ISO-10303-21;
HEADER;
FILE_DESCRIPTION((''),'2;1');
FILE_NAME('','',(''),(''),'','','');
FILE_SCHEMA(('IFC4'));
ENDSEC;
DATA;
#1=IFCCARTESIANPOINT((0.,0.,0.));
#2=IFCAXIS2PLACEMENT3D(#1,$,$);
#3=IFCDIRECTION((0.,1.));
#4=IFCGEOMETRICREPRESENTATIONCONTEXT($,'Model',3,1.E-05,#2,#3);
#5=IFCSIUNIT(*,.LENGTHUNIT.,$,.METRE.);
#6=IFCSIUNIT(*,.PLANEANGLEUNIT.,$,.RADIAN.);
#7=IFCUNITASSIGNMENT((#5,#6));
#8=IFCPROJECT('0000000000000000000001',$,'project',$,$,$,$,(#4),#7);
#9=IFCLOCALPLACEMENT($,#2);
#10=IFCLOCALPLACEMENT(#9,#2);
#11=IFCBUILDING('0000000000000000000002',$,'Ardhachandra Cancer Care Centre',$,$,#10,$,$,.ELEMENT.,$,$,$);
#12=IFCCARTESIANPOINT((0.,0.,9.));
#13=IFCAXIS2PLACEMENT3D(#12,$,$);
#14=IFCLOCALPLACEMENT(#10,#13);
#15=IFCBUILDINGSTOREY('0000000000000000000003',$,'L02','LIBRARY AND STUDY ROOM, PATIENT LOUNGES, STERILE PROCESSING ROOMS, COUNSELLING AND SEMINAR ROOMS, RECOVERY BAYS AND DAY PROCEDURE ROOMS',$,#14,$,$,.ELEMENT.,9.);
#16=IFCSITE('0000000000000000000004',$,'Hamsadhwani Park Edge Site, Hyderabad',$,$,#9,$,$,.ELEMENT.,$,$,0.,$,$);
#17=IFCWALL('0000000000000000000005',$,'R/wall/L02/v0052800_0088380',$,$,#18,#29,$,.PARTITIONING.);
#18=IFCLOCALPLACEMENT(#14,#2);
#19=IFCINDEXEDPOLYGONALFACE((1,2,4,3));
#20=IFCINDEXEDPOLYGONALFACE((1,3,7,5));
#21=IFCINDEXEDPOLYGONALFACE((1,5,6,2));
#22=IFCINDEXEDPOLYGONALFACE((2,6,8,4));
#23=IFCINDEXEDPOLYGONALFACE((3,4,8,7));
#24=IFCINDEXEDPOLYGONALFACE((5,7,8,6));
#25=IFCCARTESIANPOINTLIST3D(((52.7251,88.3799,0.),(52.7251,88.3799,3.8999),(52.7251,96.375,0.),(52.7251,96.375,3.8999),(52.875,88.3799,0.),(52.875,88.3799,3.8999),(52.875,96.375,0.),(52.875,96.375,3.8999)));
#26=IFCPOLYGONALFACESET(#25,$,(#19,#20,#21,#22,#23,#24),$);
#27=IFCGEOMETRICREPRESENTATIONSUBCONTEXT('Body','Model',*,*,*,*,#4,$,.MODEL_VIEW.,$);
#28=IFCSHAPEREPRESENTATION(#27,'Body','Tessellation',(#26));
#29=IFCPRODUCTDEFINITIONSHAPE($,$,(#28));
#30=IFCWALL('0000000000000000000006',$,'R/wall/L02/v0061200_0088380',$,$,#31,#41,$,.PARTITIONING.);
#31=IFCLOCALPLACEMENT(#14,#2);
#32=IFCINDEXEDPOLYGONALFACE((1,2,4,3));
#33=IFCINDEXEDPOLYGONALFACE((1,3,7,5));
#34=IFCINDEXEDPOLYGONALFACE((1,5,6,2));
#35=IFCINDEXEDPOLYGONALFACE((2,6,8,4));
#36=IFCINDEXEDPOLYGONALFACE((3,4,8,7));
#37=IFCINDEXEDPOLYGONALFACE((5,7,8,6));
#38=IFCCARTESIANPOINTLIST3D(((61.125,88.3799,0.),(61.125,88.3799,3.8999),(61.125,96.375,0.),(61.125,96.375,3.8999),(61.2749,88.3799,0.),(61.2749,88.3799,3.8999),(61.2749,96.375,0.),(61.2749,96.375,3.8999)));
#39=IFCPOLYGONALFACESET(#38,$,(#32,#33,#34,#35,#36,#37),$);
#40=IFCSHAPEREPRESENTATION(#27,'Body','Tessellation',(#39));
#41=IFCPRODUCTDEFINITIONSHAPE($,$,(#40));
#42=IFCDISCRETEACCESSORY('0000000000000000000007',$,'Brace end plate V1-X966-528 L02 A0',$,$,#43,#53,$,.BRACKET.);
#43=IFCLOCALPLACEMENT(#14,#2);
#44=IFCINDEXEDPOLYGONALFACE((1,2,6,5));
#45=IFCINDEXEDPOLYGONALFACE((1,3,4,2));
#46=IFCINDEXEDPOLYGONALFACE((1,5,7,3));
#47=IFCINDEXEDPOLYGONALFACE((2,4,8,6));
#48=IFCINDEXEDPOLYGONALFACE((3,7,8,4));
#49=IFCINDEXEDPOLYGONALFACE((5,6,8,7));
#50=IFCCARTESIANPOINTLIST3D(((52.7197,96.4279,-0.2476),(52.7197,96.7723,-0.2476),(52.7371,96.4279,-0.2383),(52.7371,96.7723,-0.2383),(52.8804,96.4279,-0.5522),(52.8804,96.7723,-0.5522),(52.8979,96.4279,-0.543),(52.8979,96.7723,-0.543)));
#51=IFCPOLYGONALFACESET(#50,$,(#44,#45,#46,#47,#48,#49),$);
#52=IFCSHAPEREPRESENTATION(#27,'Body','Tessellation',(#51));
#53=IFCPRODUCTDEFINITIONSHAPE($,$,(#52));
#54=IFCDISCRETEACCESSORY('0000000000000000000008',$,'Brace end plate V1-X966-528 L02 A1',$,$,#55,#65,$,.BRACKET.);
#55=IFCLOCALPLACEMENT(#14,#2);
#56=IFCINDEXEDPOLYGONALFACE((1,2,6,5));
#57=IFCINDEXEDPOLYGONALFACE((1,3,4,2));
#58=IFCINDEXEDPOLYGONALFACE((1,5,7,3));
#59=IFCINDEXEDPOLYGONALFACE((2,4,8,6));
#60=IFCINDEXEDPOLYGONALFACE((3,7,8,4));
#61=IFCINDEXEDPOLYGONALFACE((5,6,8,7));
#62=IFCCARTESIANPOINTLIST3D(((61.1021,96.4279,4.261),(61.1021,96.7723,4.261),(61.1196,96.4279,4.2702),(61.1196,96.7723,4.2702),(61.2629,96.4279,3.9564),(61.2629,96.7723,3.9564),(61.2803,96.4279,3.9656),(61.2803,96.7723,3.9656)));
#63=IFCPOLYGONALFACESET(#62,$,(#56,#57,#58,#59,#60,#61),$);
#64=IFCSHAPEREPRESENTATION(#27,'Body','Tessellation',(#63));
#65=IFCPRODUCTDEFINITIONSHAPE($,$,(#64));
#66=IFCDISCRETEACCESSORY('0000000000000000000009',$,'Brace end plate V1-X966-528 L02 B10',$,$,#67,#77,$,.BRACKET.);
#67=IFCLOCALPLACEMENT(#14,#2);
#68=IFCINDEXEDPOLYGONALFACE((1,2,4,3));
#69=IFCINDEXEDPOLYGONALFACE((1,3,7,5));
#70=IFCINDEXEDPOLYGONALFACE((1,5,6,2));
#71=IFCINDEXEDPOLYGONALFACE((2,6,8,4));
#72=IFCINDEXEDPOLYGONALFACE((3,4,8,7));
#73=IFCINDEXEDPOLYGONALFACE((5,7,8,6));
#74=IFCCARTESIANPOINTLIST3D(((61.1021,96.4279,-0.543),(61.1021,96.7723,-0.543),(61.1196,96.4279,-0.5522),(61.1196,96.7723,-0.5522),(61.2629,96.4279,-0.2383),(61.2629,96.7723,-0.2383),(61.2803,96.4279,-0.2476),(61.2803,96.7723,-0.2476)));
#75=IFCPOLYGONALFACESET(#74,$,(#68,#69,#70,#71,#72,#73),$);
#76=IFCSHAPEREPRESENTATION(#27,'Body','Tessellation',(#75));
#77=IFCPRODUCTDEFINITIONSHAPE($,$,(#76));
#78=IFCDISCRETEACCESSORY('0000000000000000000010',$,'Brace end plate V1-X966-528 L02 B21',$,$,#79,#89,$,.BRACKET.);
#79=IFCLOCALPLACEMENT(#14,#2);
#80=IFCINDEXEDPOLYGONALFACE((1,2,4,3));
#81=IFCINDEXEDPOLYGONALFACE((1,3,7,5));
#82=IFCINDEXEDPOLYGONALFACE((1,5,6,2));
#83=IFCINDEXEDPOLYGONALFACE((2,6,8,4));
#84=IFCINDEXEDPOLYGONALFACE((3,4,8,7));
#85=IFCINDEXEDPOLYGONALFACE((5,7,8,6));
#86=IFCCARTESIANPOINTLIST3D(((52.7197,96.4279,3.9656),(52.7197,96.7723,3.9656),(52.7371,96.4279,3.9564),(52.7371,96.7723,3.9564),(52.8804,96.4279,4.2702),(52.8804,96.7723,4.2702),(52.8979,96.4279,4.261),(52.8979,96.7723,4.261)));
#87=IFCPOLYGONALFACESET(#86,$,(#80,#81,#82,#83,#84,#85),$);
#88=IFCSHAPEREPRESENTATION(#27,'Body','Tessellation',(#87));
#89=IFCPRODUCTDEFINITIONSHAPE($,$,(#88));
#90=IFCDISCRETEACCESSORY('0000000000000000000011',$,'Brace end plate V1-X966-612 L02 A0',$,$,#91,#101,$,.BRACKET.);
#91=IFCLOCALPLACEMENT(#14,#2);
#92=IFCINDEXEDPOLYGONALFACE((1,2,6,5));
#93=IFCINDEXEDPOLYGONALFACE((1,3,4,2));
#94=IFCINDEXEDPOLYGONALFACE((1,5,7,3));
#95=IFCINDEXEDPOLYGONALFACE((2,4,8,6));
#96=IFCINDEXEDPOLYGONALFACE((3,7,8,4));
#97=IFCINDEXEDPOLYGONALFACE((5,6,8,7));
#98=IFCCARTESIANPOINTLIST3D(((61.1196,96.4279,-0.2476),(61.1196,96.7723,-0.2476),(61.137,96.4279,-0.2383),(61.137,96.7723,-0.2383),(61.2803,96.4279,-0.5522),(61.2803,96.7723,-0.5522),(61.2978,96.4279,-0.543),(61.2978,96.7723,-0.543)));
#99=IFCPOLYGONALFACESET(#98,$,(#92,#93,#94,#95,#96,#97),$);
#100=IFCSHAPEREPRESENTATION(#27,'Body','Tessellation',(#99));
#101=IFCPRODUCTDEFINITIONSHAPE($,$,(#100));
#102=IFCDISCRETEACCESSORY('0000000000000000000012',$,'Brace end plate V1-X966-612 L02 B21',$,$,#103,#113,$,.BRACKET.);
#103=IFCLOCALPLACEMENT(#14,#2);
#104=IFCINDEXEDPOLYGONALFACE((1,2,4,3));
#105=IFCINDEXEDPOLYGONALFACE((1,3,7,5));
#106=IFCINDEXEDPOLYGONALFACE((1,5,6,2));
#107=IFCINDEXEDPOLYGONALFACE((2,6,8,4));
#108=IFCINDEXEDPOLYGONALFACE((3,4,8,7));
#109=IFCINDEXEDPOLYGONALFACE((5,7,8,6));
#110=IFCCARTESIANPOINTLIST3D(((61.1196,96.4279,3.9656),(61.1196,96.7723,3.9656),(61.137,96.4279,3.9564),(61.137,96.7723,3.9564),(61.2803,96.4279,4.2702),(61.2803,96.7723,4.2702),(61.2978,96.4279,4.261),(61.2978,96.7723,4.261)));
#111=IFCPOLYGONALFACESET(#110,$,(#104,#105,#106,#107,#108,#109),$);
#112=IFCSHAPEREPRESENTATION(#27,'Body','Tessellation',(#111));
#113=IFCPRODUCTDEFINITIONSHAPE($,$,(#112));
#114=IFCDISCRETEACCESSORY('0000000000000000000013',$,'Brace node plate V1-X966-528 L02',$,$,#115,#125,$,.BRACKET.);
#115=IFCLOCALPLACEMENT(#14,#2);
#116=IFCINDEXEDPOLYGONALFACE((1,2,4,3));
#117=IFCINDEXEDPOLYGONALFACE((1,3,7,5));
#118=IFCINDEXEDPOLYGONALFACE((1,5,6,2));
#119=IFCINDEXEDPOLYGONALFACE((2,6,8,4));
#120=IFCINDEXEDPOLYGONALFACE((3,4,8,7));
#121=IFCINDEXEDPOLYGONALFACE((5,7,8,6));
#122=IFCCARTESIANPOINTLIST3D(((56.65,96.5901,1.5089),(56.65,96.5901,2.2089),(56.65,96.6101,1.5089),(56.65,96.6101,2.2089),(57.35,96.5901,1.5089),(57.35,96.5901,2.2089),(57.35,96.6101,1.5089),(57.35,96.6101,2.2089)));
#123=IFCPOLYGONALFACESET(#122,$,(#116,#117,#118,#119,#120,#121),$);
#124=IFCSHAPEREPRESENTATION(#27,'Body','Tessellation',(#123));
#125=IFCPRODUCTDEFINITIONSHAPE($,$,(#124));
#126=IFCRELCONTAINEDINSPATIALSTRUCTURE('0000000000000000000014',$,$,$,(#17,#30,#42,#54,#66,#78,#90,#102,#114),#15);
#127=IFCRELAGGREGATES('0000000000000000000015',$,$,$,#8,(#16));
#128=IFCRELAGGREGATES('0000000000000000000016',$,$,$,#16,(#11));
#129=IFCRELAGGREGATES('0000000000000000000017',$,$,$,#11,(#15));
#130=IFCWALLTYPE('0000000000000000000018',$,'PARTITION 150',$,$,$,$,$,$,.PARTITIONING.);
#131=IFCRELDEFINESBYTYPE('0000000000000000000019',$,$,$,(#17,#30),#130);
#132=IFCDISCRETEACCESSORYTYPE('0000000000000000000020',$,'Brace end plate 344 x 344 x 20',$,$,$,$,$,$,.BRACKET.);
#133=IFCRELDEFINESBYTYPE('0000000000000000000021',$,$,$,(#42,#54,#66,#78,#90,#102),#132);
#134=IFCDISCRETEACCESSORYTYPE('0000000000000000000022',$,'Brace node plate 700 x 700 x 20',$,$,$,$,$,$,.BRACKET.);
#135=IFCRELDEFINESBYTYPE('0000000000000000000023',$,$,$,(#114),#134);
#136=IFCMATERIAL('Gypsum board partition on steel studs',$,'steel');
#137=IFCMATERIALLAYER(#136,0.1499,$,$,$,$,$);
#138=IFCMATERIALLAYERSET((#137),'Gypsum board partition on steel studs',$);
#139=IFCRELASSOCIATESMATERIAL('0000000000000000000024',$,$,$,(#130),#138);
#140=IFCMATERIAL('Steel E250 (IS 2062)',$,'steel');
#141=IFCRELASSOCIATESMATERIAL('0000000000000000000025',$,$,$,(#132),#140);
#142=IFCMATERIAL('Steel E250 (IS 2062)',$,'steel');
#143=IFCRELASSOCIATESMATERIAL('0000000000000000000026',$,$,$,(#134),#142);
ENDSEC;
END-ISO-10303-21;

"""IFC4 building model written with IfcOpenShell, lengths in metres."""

from ifc_helpers import new_model, si_unit, direction, frame, frame_2d, origin, origin_2d, place, context, subcontext, project, spatial, rectangle, extrude, material, layer, layer_set, material_profile, profile_set, type_object, element, save


model = new_model("IFC4")

# Units and contexts
model_context = context("Model", 3, precision=1e-05, world=origin(), true_north=direction((0.0, 1.0)))
body_context = subcontext(model_context, "Body", "Model", "MODEL_VIEW")
ifc_project = project(units=[si_unit("LENGTHUNIT", "METRE"), si_unit("PLANEANGLEUNIT", "RADIAN")], contexts=[model_context])

# Site, building, storey
site_placement = place(None, origin())
site = spatial("IfcSite", under=ifc_project, at=site_placement, Name="Hamsadhwani Park Edge Site, Hyderabad", CompositionType="ELEMENT", RefElevation=0.0)
building_placement = place(site_placement, origin())
building = spatial("IfcBuilding", under=site, at=building_placement, Name="Ardhachandra Cancer Care Centre", CompositionType="ELEMENT")
storey_placement = place(building_placement, frame((0.0, 0.0, 9.0)))
storey = spatial("IfcBuildingStorey", under=building, at=storey_placement, Name="L02", Description="LIBRARY AND STUDY ROOM, PATIENT LOUNGES, STERILE PROCESSING ROOMS, COUNSELLING AND SEMINAR ROOMS, RECOVERY BAYS AND DAY PROCEDURE ROOMS", CompositionType="ELEMENT", Elevation=9.0)

# Walls
ifc_material_1 = material(Name="Gypsum board partition on steel studs", Category="steel")
ifc_layer_1 = layer(ifc_material_1, 0.1499)
ifc_layer_set_1 = layer_set([ifc_layer_1], Name="Gypsum board partition on steel studs")
wall_type = type_object("IfcWallType", Name="PARTITION 150", PredefinedType="PARTITIONING", material=ifc_layer_set_1)
for number, where, z_axis, x_axis, name in (
    (1, (52.8, 88.3799, 0.0), (0.0, 0.0, 1.0), (0.0, 1.0, 0.0), "R/wall/L02/v0052800_0088380"),
    (2, (61.2, 88.3799, 0.0), (0.0, 0.0, 1.0), (0.0, 1.0, 0.0), "R/wall/L02/v0061200_0088380"),
):
    element("IfcWall", number, at=place(storey_placement, frame(where, z_axis=z_axis, x_axis=x_axis)), inside=storey, type_object=wall_type, Name=name, PredefinedType="PARTITIONING", context=body_context, shape_type="SweptSolid", body=[
        extrude(rectangle(XDim=7.9951, YDim=0.1499, at=frame_2d((3.9976, 0.0))), origin(), (0.0, 0.0, 1.0), 3.8999),
    ])

# Discrete accessories
ifc_material_2 = material(Name="Steel E250 (IS 2062)", Category="steel")
ifc_material_profile_1 = material_profile(ifc_material_2, rectangle(XDim=0.3445, YDim=0.3445, at=origin_2d()), Name="PL 344x344x20")
ifc_profile_set_1 = profile_set([ifc_material_profile_1], Name="Steel E250 (IS 2062)")
discrete_accessory_type_1 = type_object("IfcDiscreteAccessoryType", Name="Brace end plate 344 x 344 x 20", PredefinedType="BRACKET", material=ifc_profile_set_1)
for number, where, z_axis, x_axis, name in (
    (3, (52.8, 96.6001, -0.3999), (0.884385, 0.0, 0.466759), (0.0, 1.0, 0.0), "Brace end plate V1-X966-528 L02 A0"),
    (4, (61.2, 96.6001, 4.1179), (-0.884385, 0.0, -0.466759), (0.0, -1.0, 0.0), "Brace end plate V1-X966-528 L02 A1"),
    (5, (61.2, 96.6001, -0.3999), (-0.884385, 0.0, 0.466759), (0.0, -1.0, 0.0), "Brace end plate V1-X966-528 L02 B10"),
    (6, (52.8, 96.6001, 4.1179), (0.884385, 0.0, -0.466759), (0.0, 1.0, 0.0), "Brace end plate V1-X966-528 L02 B21"),
    (7, (61.2, 96.6001, -0.3999), (0.884385, 0.0, 0.466759), (0.0, 1.0, 0.0), "Brace end plate V1-X966-612 L02 A0"),
    (8, (61.2, 96.6001, 4.1179), (0.884385, 0.0, -0.466759), (0.0, 1.0, 0.0), "Brace end plate V1-X966-612 L02 B21"),
):
    element("IfcDiscreteAccessory", number, at=place(storey_placement, frame(where, z_axis=z_axis, x_axis=x_axis)), inside=storey, type_object=discrete_accessory_type_1, Name=name, PredefinedType="BRACKET", context=body_context, shape_type="SweptSolid", body=[
        extrude(rectangle(XDim=0.3445, YDim=0.3445, at=origin_2d()), origin(), (0.0, 0.0, 1.0), 0.0198),
    ])
ifc_material_3 = material(Name="Steel E250 (IS 2062)", Category="steel")
ifc_material_profile_2 = material_profile(ifc_material_3, rectangle(XDim=0.7, YDim=0.7, at=origin_2d()), Name="PL 700x700x20")
ifc_profile_set_2 = profile_set([ifc_material_profile_2], Name="Steel E250 (IS 2062)")
discrete_accessory_type_2 = type_object("IfcDiscreteAccessoryType", Name="Brace node plate 700 x 700 x 20", PredefinedType="BRACKET", material=ifc_profile_set_2)
discrete_accessory_placement = place(storey_placement, frame((57.0, 96.5901, 1.8589), z_axis=(0.0, 1.0, 0.0), x_axis=(-1.0, 0.0, 0.0)))
element("IfcDiscreteAccessory", 9, at=discrete_accessory_placement, inside=storey, type_object=discrete_accessory_type_2, Name="Brace node plate V1-X966-528 L02", PredefinedType="BRACKET", context=body_context, shape_type="SweptSolid", body=[
    extrude(rectangle(XDim=0.7, YDim=0.7, at=origin_2d()), origin(), (0.0, 0.0, 1.0), 0.02),
])

save(model, "model.ifc")
